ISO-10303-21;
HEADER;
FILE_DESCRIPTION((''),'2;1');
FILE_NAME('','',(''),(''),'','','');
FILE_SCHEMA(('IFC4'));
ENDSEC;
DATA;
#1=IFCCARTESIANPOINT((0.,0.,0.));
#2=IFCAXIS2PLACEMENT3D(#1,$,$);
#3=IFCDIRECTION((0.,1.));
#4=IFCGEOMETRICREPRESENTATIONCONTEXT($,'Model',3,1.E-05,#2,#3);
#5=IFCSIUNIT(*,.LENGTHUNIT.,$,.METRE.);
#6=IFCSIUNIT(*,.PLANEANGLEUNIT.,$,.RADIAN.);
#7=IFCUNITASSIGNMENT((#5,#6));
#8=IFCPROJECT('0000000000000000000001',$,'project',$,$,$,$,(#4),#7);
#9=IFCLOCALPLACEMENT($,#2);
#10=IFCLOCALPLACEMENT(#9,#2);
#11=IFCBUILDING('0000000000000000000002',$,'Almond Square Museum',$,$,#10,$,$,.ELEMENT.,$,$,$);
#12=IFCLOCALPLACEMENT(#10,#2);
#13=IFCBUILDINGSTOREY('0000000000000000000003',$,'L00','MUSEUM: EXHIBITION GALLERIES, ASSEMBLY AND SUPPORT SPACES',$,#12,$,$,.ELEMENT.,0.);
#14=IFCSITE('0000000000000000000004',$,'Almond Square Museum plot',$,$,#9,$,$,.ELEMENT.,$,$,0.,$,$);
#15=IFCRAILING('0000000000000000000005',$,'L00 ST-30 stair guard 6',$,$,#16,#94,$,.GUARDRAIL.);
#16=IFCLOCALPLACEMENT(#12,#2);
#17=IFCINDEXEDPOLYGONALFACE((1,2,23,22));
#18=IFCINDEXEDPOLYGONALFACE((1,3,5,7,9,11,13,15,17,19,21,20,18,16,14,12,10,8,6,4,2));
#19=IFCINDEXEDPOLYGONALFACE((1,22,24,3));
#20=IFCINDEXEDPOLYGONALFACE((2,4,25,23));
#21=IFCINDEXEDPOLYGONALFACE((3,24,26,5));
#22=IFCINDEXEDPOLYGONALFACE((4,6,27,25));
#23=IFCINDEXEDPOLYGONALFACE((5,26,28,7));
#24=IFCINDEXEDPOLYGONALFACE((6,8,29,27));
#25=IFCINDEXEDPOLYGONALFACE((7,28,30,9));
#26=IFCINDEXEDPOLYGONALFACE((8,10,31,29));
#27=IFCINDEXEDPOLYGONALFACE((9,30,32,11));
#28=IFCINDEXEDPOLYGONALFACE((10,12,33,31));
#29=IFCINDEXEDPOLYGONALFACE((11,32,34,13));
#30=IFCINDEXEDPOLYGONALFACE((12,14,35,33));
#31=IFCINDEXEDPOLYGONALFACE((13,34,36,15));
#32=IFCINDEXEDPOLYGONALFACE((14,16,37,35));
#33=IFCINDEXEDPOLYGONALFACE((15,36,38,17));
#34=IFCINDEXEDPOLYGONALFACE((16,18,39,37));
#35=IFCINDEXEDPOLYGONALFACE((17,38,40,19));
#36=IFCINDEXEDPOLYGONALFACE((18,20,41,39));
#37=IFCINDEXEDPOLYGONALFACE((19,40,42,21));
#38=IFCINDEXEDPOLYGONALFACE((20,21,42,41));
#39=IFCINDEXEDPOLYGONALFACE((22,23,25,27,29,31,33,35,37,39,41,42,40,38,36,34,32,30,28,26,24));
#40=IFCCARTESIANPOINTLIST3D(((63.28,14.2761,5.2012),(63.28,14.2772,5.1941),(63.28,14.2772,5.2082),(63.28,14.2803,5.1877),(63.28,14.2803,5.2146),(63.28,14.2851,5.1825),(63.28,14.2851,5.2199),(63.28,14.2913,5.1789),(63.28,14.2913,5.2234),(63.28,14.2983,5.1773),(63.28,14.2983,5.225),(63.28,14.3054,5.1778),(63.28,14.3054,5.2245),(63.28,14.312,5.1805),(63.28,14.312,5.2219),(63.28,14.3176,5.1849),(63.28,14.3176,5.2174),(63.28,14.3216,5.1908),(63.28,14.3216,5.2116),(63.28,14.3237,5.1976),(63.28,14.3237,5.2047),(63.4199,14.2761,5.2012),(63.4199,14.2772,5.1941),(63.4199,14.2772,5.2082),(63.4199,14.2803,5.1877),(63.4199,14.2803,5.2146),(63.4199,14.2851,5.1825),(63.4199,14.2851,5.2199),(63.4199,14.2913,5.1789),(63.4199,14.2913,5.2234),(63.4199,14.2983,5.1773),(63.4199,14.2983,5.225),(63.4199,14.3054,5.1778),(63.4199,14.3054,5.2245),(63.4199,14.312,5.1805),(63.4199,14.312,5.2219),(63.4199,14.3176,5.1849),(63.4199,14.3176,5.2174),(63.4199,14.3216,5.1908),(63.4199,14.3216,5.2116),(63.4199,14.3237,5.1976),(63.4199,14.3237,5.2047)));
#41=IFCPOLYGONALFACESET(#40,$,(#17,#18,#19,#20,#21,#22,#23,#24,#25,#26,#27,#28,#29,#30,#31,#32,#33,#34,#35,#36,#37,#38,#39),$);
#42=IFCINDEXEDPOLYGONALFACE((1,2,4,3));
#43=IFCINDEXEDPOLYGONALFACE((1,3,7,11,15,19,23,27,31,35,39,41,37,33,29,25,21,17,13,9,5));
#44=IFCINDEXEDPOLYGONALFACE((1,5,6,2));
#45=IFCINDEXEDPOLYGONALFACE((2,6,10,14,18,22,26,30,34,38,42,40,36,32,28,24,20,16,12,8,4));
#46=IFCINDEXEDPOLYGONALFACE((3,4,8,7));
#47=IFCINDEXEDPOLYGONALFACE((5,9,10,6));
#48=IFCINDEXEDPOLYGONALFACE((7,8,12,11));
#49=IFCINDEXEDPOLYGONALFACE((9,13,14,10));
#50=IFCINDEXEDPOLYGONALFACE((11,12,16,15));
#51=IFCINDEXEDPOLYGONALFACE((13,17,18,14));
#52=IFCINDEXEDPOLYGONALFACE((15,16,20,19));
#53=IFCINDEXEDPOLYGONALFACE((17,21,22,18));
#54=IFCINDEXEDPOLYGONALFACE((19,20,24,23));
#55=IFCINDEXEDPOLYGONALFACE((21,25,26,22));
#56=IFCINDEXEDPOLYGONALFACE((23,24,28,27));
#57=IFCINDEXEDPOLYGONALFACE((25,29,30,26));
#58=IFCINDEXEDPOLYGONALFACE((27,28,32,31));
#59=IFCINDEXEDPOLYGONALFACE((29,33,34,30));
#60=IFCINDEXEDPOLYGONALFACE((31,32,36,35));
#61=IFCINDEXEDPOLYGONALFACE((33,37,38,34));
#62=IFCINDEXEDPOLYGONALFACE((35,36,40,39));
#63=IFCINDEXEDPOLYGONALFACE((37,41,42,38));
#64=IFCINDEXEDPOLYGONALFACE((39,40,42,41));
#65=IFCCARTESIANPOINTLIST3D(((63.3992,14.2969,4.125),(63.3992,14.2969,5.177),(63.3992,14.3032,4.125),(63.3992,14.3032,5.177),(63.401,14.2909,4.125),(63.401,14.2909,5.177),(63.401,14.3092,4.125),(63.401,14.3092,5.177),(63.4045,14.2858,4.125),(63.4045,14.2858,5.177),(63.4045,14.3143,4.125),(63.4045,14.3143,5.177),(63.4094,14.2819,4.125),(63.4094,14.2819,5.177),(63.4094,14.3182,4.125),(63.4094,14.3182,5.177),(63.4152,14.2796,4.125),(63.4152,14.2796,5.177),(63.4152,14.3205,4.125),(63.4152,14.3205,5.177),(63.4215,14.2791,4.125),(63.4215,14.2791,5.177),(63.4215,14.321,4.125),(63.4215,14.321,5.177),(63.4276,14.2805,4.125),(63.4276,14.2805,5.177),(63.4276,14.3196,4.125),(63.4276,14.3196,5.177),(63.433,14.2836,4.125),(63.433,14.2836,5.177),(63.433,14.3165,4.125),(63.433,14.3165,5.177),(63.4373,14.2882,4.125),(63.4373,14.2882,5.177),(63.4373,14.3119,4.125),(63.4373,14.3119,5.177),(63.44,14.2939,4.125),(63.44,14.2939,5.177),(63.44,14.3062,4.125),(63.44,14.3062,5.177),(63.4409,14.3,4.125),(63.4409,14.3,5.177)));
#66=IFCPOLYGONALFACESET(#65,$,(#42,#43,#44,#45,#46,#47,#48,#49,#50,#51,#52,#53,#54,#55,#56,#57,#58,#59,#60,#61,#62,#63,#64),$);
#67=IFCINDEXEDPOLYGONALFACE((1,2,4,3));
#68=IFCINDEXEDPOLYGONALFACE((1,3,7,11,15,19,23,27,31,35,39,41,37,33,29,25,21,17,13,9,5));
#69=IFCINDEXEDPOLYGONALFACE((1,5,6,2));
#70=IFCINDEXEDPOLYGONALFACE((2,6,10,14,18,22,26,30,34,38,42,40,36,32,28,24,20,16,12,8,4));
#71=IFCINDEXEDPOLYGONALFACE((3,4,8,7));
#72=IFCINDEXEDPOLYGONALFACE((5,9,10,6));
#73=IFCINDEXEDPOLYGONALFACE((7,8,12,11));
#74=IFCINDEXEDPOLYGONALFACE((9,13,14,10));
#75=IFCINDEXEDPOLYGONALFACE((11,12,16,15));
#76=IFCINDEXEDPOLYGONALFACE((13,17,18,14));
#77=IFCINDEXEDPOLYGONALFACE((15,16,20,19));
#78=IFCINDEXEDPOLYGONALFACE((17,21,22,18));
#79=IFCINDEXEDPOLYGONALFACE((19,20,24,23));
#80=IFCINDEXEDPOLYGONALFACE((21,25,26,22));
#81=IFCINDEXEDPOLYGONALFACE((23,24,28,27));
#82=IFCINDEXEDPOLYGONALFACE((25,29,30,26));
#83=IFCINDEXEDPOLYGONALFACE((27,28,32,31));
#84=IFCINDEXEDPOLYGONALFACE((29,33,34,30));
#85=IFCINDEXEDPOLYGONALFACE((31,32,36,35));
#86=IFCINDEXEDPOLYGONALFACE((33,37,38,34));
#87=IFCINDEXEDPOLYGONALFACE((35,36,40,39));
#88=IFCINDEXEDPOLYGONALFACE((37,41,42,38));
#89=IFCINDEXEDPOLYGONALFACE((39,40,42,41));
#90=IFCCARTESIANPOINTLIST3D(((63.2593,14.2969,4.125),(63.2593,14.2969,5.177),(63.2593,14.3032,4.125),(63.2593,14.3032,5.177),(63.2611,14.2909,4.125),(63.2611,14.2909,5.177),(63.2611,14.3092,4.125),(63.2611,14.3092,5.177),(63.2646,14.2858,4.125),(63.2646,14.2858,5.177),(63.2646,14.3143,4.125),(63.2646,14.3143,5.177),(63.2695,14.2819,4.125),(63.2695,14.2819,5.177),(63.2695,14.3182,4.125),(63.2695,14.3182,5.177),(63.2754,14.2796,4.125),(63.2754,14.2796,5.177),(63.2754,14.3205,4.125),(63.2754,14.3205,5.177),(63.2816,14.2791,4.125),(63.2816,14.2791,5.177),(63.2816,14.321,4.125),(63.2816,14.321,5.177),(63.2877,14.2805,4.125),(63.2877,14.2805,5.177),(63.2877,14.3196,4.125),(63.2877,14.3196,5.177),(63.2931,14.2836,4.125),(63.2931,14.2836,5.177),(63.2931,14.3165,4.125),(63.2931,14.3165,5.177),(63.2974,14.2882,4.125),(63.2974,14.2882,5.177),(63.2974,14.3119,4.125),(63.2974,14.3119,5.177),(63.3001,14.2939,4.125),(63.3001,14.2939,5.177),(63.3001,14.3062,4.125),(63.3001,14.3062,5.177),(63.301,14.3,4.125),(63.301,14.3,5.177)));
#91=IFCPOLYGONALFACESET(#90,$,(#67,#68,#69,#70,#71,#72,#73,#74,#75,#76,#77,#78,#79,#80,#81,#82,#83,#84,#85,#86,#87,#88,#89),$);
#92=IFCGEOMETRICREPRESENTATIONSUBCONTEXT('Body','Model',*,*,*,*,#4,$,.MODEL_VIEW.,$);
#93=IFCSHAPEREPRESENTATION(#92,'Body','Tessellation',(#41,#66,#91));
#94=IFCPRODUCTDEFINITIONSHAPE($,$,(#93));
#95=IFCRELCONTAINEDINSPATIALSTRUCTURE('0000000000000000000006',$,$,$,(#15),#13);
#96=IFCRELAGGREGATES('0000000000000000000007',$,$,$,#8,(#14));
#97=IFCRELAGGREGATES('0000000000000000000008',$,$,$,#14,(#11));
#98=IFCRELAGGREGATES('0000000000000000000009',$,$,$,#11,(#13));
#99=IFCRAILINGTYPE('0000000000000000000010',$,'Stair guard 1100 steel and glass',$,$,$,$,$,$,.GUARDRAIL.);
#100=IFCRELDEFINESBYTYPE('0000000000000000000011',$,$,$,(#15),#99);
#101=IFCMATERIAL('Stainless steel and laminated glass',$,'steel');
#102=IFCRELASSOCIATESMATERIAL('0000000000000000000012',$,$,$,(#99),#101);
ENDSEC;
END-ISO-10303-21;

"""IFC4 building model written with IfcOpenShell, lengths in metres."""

from ifc_helpers import new_model, si_unit, direction, frame, origin, origin_2d, place, context, subcontext, project, spatial, circle, extrude, material, type_object, element, save


model = new_model("IFC4")

# Units and contexts
model_context = context("Model", 3, precision=1e-05, world=origin(), true_north=direction((0.0, 1.0)))
body_context = subcontext(model_context, "Body", "Model", "MODEL_VIEW")
ifc_project = project(units=[si_unit("LENGTHUNIT", "METRE"), si_unit("PLANEANGLEUNIT", "RADIAN")], contexts=[model_context])

# Site, building, storey
site_placement = place(None, origin())
site = spatial("IfcSite", under=ifc_project, at=site_placement, Name="Almond Square Museum plot", CompositionType="ELEMENT", RefElevation=0.0)
building_placement = place(site_placement, origin())
building = spatial("IfcBuilding", under=site, at=building_placement, Name="Almond Square Museum", CompositionType="ELEMENT")
storey_placement = place(building_placement, origin())
storey = spatial("IfcBuildingStorey", under=building, at=storey_placement, Name="L00", Description="MUSEUM: EXHIBITION GALLERIES, ASSEMBLY AND SUPPORT SPACES", CompositionType="ELEMENT", Elevation=0.0)

# Railing
ifc_material_1 = material(Name="Stainless steel and laminated glass", Category="steel")
railing_type_1 = type_object("IfcRailingType", Name="Stair guard 1100 steel and glass", PredefinedType="GUARDRAIL", material=ifc_material_1)
railing_1_placement = place(storey_placement, frame((63.4199, 14.3, 4.125)))
element("IfcRailing", 1, at=railing_1_placement, inside=storey, type_object=railing_type_1, Name="L00 ST-30 stair guard 6", PredefinedType="GUARDRAIL", context=body_context, shape_type="SweptSolid", body=[
    extrude(circle(Radius=0.0239, at=origin_2d()), frame((0.0, 0.0, 1.0762), z_axis=(-1.0, 0.0, 0.0), x_axis=(0.0, -1.0, 0.0)), (0.0, 0.0, 1.0), 0.1399),
    extrude(circle(Radius=0.021, at=origin_2d()), origin(), (0.0, 0.0, 1.0), 1.052),
    extrude(circle(Radius=0.021, at=origin_2d()), frame((-0.1399, 0.0, 0.0)), (0.0, 0.0, 1.0), 1.052),
])

save(model, "model.ifc")
